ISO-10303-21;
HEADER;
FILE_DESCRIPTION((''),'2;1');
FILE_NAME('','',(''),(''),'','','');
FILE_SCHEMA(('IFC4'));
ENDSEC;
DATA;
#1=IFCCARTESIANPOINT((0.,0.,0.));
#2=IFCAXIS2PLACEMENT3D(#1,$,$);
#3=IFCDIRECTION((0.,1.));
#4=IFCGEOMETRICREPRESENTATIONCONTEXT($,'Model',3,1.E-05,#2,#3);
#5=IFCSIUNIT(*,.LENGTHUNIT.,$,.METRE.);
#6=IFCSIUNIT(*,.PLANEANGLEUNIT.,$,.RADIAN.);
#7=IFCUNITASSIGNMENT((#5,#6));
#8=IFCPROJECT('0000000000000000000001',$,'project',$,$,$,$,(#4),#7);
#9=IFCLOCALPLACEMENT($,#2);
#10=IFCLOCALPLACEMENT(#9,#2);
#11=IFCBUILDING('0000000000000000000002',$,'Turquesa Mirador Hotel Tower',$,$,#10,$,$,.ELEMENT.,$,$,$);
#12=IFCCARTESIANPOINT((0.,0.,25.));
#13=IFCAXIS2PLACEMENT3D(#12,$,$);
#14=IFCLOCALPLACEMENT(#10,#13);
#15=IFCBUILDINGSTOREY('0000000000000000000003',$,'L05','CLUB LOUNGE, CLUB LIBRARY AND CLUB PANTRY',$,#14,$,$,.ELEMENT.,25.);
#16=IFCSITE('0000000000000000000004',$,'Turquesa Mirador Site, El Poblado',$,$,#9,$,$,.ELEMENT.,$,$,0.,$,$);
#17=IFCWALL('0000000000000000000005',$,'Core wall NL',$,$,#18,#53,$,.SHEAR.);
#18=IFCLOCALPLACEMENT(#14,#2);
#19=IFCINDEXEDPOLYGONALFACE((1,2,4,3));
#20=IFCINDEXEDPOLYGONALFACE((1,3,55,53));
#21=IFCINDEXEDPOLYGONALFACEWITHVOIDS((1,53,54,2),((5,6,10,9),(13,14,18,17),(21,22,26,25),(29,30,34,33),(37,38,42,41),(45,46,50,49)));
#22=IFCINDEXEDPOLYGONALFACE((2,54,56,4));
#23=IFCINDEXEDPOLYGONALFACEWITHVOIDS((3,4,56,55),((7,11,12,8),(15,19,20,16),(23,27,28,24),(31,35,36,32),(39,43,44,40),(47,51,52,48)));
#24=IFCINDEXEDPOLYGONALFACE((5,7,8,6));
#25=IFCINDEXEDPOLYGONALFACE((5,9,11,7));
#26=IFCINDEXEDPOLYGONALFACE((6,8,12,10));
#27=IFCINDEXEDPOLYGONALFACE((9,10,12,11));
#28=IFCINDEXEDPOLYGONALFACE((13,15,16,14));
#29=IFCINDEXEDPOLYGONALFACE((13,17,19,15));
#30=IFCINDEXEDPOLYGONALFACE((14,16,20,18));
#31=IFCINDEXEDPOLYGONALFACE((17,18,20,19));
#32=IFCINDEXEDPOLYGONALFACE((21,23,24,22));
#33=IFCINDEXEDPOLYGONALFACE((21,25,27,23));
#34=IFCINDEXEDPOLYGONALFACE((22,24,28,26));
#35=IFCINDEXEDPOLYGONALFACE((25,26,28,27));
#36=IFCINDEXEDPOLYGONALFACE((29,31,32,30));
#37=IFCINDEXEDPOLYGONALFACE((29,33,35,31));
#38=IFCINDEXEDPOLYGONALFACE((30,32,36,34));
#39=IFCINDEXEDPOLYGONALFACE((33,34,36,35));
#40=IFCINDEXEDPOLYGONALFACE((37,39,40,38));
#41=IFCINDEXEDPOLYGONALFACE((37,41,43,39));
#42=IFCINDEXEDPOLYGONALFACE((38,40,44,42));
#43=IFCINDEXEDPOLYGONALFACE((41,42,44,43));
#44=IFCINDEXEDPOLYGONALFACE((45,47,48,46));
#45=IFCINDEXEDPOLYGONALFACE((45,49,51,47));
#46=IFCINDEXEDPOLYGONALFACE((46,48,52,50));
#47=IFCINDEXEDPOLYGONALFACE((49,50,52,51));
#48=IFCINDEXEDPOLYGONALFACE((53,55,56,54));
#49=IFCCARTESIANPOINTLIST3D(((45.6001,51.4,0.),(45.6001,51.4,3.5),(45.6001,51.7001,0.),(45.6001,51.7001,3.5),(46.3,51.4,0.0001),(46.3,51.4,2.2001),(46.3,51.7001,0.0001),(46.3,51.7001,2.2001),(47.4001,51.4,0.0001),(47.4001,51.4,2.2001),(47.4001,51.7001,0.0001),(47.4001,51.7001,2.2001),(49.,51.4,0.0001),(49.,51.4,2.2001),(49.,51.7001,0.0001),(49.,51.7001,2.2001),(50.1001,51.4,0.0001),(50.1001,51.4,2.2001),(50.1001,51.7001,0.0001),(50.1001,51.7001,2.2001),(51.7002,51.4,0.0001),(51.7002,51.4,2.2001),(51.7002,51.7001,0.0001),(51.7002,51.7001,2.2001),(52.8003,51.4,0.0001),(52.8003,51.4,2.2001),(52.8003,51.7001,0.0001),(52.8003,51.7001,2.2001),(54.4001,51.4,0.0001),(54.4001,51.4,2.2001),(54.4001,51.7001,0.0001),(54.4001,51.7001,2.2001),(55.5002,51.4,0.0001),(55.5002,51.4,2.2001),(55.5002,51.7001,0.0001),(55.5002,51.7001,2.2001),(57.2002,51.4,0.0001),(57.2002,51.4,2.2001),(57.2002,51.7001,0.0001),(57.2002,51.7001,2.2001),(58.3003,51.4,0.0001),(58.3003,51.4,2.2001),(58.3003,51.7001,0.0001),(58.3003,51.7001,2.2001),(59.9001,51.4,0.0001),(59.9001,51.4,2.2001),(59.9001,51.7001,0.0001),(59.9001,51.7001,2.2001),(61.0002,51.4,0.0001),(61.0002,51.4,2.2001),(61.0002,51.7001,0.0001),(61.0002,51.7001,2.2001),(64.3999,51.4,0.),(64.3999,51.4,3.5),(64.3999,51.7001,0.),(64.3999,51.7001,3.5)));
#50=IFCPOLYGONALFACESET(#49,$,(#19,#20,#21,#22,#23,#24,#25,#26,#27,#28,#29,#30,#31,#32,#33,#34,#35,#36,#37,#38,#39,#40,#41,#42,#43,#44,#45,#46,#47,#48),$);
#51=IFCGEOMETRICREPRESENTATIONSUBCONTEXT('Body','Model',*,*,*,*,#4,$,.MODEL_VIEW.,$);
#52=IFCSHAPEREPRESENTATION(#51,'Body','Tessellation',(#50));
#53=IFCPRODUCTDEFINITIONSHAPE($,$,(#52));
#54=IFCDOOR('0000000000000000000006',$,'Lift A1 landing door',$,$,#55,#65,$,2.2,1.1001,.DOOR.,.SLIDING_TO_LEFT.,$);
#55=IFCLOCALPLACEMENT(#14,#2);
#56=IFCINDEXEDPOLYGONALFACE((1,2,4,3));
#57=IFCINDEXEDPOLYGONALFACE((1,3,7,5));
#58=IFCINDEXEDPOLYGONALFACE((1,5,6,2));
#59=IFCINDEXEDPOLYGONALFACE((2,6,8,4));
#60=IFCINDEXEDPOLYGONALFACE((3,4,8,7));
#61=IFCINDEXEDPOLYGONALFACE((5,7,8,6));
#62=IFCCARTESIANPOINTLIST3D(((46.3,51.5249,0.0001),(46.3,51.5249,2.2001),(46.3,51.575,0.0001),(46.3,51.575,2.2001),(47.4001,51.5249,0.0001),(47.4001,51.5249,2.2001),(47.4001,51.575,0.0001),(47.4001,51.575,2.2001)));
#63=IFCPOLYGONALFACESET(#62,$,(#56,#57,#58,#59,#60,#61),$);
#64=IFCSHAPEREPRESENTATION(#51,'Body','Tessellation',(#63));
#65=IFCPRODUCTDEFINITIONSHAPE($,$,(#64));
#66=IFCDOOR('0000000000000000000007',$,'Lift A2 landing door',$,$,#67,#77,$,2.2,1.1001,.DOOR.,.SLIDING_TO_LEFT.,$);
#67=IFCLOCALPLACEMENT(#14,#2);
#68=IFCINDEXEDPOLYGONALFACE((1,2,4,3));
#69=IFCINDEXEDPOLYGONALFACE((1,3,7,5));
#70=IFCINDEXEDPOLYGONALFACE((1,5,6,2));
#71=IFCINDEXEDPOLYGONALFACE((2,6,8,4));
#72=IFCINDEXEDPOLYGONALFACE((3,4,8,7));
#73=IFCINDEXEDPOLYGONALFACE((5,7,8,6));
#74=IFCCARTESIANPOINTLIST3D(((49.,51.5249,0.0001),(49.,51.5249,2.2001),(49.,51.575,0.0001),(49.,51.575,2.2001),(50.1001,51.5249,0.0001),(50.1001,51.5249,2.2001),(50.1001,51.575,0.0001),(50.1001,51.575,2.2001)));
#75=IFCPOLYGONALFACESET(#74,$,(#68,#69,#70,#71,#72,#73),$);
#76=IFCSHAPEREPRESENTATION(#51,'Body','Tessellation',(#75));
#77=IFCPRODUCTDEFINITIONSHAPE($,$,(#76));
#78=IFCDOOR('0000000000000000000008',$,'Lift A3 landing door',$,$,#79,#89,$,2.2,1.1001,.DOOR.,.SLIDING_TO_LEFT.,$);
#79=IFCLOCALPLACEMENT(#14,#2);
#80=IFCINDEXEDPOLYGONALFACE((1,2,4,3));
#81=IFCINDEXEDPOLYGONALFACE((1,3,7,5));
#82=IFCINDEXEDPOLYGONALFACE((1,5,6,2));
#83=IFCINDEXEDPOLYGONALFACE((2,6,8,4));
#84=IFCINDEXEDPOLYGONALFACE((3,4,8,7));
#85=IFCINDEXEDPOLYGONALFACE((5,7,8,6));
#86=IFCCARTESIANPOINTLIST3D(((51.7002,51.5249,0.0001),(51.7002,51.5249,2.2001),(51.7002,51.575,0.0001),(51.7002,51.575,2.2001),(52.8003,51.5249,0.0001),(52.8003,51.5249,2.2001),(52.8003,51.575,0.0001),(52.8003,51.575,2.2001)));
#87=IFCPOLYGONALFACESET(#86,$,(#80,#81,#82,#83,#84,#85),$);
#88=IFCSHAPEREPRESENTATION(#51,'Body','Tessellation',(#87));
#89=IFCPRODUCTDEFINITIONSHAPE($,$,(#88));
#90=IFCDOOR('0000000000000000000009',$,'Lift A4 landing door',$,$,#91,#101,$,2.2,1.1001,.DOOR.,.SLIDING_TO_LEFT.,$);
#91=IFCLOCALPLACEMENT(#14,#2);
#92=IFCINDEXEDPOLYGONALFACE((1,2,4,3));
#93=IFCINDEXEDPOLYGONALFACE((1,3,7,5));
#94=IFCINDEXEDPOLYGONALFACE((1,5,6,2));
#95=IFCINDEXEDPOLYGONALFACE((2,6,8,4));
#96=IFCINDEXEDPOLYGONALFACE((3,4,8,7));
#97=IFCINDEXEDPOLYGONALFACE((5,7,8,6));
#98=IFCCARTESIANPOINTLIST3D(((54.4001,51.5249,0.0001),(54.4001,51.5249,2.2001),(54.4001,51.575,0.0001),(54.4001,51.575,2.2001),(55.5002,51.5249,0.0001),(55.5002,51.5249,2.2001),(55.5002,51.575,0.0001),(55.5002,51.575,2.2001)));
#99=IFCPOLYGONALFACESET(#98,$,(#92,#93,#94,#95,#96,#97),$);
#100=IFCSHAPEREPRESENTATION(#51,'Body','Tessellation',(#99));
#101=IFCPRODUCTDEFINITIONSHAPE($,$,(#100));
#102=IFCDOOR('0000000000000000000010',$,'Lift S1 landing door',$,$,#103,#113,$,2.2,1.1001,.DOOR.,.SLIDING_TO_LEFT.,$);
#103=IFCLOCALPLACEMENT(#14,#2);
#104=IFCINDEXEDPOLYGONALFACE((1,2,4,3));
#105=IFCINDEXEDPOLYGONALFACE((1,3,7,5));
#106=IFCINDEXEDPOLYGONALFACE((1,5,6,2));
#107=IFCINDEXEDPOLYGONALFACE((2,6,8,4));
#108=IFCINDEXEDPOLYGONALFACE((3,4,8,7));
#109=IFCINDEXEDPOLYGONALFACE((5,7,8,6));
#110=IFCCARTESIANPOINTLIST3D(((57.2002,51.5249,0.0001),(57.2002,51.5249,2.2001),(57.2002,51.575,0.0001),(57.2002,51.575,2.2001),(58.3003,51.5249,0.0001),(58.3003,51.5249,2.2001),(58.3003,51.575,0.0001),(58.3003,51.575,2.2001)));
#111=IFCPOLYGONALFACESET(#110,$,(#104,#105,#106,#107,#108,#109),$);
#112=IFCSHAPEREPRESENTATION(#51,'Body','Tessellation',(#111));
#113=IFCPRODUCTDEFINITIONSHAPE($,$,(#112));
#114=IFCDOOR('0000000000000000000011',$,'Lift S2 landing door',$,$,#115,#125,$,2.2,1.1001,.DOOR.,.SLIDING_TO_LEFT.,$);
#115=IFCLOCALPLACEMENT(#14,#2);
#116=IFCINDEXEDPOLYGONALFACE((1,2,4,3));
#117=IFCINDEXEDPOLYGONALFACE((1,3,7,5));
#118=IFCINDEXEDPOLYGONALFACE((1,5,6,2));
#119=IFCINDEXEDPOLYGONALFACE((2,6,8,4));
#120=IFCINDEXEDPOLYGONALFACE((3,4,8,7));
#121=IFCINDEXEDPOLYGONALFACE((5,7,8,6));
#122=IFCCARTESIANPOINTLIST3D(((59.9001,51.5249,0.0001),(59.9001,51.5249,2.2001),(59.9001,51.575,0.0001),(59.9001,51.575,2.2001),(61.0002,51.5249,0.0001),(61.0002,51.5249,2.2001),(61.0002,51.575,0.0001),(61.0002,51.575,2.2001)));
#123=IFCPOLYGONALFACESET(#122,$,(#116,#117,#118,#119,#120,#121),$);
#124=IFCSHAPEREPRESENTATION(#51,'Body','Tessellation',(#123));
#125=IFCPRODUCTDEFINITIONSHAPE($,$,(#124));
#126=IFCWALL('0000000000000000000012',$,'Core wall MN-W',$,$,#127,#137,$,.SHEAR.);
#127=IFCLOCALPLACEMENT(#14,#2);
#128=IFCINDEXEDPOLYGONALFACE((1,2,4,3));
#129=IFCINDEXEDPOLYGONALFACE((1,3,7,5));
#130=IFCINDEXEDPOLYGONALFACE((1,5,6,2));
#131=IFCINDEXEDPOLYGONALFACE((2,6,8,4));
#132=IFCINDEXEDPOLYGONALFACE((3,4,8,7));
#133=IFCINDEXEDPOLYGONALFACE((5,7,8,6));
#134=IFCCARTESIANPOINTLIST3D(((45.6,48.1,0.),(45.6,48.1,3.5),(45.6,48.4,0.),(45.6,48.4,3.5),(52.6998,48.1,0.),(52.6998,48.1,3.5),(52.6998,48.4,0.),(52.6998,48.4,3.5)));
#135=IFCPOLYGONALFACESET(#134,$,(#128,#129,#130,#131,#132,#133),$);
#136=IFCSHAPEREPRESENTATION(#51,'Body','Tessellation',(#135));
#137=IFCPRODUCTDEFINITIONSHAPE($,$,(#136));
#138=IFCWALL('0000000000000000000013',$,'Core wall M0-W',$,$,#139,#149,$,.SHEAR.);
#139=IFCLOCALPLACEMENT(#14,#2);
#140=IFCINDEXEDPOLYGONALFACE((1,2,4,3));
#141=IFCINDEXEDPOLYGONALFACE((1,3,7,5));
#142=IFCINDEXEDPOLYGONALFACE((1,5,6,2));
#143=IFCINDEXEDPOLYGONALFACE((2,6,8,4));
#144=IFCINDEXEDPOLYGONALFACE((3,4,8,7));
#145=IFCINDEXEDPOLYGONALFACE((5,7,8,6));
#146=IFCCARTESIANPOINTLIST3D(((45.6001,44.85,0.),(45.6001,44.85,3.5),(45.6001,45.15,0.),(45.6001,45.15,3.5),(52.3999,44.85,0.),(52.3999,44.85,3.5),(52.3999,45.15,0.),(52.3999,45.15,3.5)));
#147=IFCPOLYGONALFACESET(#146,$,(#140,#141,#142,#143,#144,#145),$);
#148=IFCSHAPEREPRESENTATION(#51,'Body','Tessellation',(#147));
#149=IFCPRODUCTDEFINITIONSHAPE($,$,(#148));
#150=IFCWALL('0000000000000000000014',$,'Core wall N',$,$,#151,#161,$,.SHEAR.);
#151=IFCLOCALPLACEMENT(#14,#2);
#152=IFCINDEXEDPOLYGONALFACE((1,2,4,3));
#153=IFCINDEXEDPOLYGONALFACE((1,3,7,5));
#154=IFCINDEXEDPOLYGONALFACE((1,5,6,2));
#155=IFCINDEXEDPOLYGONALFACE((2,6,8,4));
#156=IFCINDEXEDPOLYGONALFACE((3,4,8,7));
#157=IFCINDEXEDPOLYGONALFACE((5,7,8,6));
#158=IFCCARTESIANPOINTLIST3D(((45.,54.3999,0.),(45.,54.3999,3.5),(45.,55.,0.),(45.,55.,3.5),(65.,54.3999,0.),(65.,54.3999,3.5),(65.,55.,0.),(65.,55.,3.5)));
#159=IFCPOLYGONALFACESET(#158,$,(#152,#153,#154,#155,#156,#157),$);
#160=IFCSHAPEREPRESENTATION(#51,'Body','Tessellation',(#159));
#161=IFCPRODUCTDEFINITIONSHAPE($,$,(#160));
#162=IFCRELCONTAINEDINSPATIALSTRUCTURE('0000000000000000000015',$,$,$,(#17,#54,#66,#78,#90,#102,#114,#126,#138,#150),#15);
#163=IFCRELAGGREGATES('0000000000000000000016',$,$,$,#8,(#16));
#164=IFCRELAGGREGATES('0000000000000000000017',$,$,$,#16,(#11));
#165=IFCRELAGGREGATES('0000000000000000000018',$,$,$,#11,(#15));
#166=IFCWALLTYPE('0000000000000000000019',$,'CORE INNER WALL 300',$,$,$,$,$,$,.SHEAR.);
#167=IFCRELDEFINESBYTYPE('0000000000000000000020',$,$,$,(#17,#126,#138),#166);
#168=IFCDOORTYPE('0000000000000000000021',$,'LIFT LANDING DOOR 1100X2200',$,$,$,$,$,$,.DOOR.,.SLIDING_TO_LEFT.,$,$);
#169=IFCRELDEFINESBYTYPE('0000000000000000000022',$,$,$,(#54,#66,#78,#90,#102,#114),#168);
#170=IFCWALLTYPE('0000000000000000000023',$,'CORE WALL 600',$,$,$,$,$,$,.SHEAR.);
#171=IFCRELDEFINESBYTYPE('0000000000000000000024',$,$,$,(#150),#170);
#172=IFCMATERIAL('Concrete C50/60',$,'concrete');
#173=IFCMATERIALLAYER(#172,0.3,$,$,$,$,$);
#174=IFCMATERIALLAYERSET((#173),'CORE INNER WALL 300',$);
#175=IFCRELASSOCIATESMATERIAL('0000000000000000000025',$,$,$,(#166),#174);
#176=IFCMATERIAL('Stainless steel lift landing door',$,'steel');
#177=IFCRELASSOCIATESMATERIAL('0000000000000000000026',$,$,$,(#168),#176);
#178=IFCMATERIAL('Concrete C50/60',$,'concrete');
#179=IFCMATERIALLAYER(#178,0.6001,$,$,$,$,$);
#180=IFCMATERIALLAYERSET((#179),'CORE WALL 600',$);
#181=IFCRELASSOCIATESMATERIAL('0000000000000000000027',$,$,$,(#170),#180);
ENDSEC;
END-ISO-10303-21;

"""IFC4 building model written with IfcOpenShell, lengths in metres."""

from ifc_helpers import new_model, si_unit, direction, frame, frame_2d, origin, place, context, subcontext, project, spatial, rectangle, extrude, material, layer, layer_set, type_object, element, fill, save


model = new_model("IFC4")

# Units and contexts
model_context = context("Model", 3, precision=1e-05, world=origin(), true_north=direction((0.0, 1.0)))
body_context = subcontext(model_context, "Body", "Model", "MODEL_VIEW")
ifc_project = project(units=[si_unit("LENGTHUNIT", "METRE"), si_unit("PLANEANGLEUNIT", "RADIAN")], contexts=[model_context])

# Site, building, storey
site_placement = place(None, origin())
site = spatial("IfcSite", under=ifc_project, at=site_placement, Name="Turquesa Mirador Site, El Poblado", CompositionType="ELEMENT", RefElevation=0.0)
building_placement = place(site_placement, origin())
building = spatial("IfcBuilding", under=site, at=building_placement, Name="Turquesa Mirador Hotel Tower", CompositionType="ELEMENT")
storey_placement = place(building_placement, frame((0.0, 0.0, 25.0)))
storey = spatial("IfcBuildingStorey", under=building, at=storey_placement, Name="L05", Description="CLUB LOUNGE, CLUB LIBRARY AND CLUB PANTRY", CompositionType="ELEMENT", Elevation=25.0)

# Wall, openings, doors
ifc_material_1 = material(Name="Concrete C50/60", Category="concrete")
ifc_layer_1 = layer(ifc_material_1, 0.3)
ifc_layer_set_1 = layer_set([ifc_layer_1], Name="CORE INNER WALL 300")
wall_type_1 = type_object("IfcWallType", Name="CORE INNER WALL 300", PredefinedType="SHEAR", material=ifc_layer_set_1)
wall_1_placement = place(storey_placement, frame((45.6001, 51.55, 0.0), z_axis=(0.0, 0.0, 1.0), x_axis=(1.0, 0.0, 0.0)))
wall_1 = element("IfcWall", 1, at=wall_1_placement, inside=storey, type_object=wall_type_1, Name="Core wall NL", PredefinedType="SHEAR", context=body_context, shape_type="SweptSolid", body=[
    extrude(rectangle(XDim=18.7998, YDim=0.3, at=frame_2d((9.3999, 0.0))), origin(), (0.0, 0.0, 1.0), 3.5),
])
opening_1_placement = place(wall_1_placement, frame((0.7, 0.0, 0.0)))
opening_1 = element("IfcOpeningElement", 2, at=opening_1_placement, cuts=wall_1, PredefinedType="OPENING", context=body_context, shape_type="SweptSolid", body=[
    extrude(rectangle(XDim=1.1001, YDim=2.2, at=frame_2d((0.55, 1.1001))), frame((0.0, 0.1599, 0.0), z_axis=(0.0, -1.0, 0.0), x_axis=(1.0, 0.0, 0.0)), (0.0, 0.0, 1.0), 0.3201),
])
opening_2_placement = place(wall_1_placement, frame((3.3999, 0.0, 0.0)))
opening_2 = element("IfcOpeningElement", 3, at=opening_2_placement, cuts=wall_1, PredefinedType="OPENING", context=body_context, shape_type="SweptSolid", body=[
    extrude(rectangle(XDim=1.1001, YDim=2.2, at=frame_2d((0.55, 1.1001))), frame((0.0, 0.1599, 0.0), z_axis=(0.0, -1.0, 0.0), x_axis=(1.0, 0.0, 0.0)), (0.0, 0.0, 1.0), 0.3201),
])
opening_3_placement = place(wall_1_placement, frame((6.1001, 0.0, 0.0)))
opening_3 = element("IfcOpeningElement", 4, at=opening_3_placement, cuts=wall_1, PredefinedType="OPENING", context=body_context, shape_type="SweptSolid", body=[
    extrude(rectangle(XDim=1.1001, YDim=2.2, at=frame_2d((0.55, 1.1001))), frame((0.0, 0.1599, 0.0), z_axis=(0.0, -1.0, 0.0), x_axis=(1.0, 0.0, 0.0)), (0.0, 0.0, 1.0), 0.3201),
])
opening_4_placement = place(wall_1_placement, frame((8.8, 0.0, 0.0)))
opening_4 = element("IfcOpeningElement", 5, at=opening_4_placement, cuts=wall_1, PredefinedType="OPENING", context=body_context, shape_type="SweptSolid", body=[
    extrude(rectangle(XDim=1.1001, YDim=2.2, at=frame_2d((0.55, 1.1001))), frame((0.0, 0.1599, 0.0), z_axis=(0.0, -1.0, 0.0), x_axis=(1.0, 0.0, 0.0)), (0.0, 0.0, 1.0), 0.3201),
])
opening_5_placement = place(wall_1_placement, frame((11.6001, 0.0, 0.0)))
opening_5 = element("IfcOpeningElement", 6, at=opening_5_placement, cuts=wall_1, PredefinedType="OPENING", context=body_context, shape_type="SweptSolid", body=[
    extrude(rectangle(XDim=1.1001, YDim=2.2, at=frame_2d((0.55, 1.1001))), frame((0.0, 0.1599, 0.0), z_axis=(0.0, -1.0, 0.0), x_axis=(1.0, 0.0, 0.0)), (0.0, 0.0, 1.0), 0.3201),
])
opening_6_placement = place(wall_1_placement, frame((14.3, 0.0, 0.0)))
opening_6 = element("IfcOpeningElement", 7, at=opening_6_placement, cuts=wall_1, PredefinedType="OPENING", context=body_context, shape_type="SweptSolid", body=[
    extrude(rectangle(XDim=1.1001, YDim=2.2, at=frame_2d((0.55, 1.1001))), frame((0.0, 0.1599, 0.0), z_axis=(0.0, -1.0, 0.0), x_axis=(1.0, 0.0, 0.0)), (0.0, 0.0, 1.0), 0.3201),
])
ifc_material_2 = material(Name="Stainless steel lift landing door", Category="steel")
door_type = type_object("IfcDoorType", Name="LIFT LANDING DOOR 1100X2200", OperationType="SLIDING_TO_LEFT", PredefinedType="DOOR", material=ifc_material_2)
door_1_placement = place(opening_1_placement, origin())
door_1 = element("IfcDoor", 8, at=door_1_placement, inside=storey, type_object=door_type, Name="Lift A1 landing door", OperationType="SLIDING_TO_LEFT", OverallHeight=2.2, OverallWidth=1.1001, PredefinedType="DOOR", context=body_context, shape_type="SweptSolid", body=[
    extrude(rectangle(XDim=1.1001, YDim=2.2, at=frame_2d((0.55, 1.1001))), frame((0.0, 0.0249, 0.0), z_axis=(0.0, -1.0, 0.0), x_axis=(1.0, 0.0, 0.0)), (0.0, 0.0, 1.0), 0.05),
])
fill(opening_1, door_1)
door_2_placement = place(opening_2_placement, origin())
door_2 = element("IfcDoor", 9, at=door_2_placement, inside=storey, type_object=door_type, Name="Lift A2 landing door", OperationType="SLIDING_TO_LEFT", OverallHeight=2.2, OverallWidth=1.1001, PredefinedType="DOOR", context=body_context, shape_type="SweptSolid", body=[
    extrude(rectangle(XDim=1.1001, YDim=2.2, at=frame_2d((0.55, 1.1001))), frame((0.0, 0.0249, 0.0), z_axis=(0.0, -1.0, 0.0), x_axis=(1.0, 0.0, 0.0)), (0.0, 0.0, 1.0), 0.05),
])
fill(opening_2, door_2)
door_3_placement = place(opening_3_placement, origin())
door_3 = element("IfcDoor", 10, at=door_3_placement, inside=storey, type_object=door_type, Name="Lift A3 landing door", OperationType="SLIDING_TO_LEFT", OverallHeight=2.2, OverallWidth=1.1001, PredefinedType="DOOR", context=body_context, shape_type="SweptSolid", body=[
    extrude(rectangle(XDim=1.1001, YDim=2.2, at=frame_2d((0.55, 1.1001))), frame((0.0, 0.0249, 0.0), z_axis=(0.0, -1.0, 0.0), x_axis=(1.0, 0.0, 0.0)), (0.0, 0.0, 1.0), 0.05),
])
fill(opening_3, door_3)
door_4_placement = place(opening_4_placement, origin())
door_4 = element("IfcDoor", 11, at=door_4_placement, inside=storey, type_object=door_type, Name="Lift A4 landing door", OperationType="SLIDING_TO_LEFT", OverallHeight=2.2, OverallWidth=1.1001, PredefinedType="DOOR", context=body_context, shape_type="SweptSolid", body=[
    extrude(rectangle(XDim=1.1001, YDim=2.2, at=frame_2d((0.55, 1.1001))), frame((0.0, 0.0249, 0.0), z_axis=(0.0, -1.0, 0.0), x_axis=(1.0, 0.0, 0.0)), (0.0, 0.0, 1.0), 0.05),
])
fill(opening_4, door_4)
door_5_placement = place(opening_5_placement, origin())
door_5 = element("IfcDoor", 12, at=door_5_placement, inside=storey, type_object=door_type, Name="Lift S1 landing door", OperationType="SLIDING_TO_LEFT", OverallHeight=2.2, OverallWidth=1.1001, PredefinedType="DOOR", context=body_context, shape_type="SweptSolid", body=[
    extrude(rectangle(XDim=1.1001, YDim=2.2, at=frame_2d((0.55, 1.1001))), frame((0.0, 0.0249, 0.0), z_axis=(0.0, -1.0, 0.0), x_axis=(1.0, 0.0, 0.0)), (0.0, 0.0, 1.0), 0.05),
])
fill(opening_5, door_5)
door_6_placement = place(opening_6_placement, origin())
door_6 = element("IfcDoor", 13, at=door_6_placement, inside=storey, type_object=door_type, Name="Lift S2 landing door", OperationType="SLIDING_TO_LEFT", OverallHeight=2.2, OverallWidth=1.1001, PredefinedType="DOOR", context=body_context, shape_type="SweptSolid", body=[
    extrude(rectangle(XDim=1.1001, YDim=2.2, at=frame_2d((0.55, 1.1001))), frame((0.0, 0.0249, 0.0), z_axis=(0.0, -1.0, 0.0), x_axis=(1.0, 0.0, 0.0)), (0.0, 0.0, 1.0), 0.05),
])
fill(opening_6, door_6)

# Walls
wall_2_placement = place(storey_placement, frame((45.6001, 48.25, 0.0), z_axis=(0.0, 0.0, 1.0), x_axis=(1.0, 0.0, 0.0)))
element("IfcWall", 14, at=wall_2_placement, inside=storey, type_object=wall_type_1, Name="Core wall MN-W", PredefinedType="SHEAR", context=body_context, shape_type="SweptSolid", body=[
    extrude(rectangle(XDim=7.0999, YDim=0.3, at=frame_2d((3.5498, 0.0))), origin(), (0.0, 0.0, 1.0), 3.5),
])
wall_3_placement = place(storey_placement, frame((45.6001, 45.0, 0.0), z_axis=(0.0, 0.0, 1.0), x_axis=(1.0, 0.0, 0.0)))
element("IfcWall", 15, at=wall_3_placement, inside=storey, type_object=wall_type_1, Name="Core wall M0-W", PredefinedType="SHEAR", context=body_context, shape_type="SweptSolid", body=[
    extrude(rectangle(XDim=6.7998, YDim=0.3, at=frame_2d((3.3999, 0.0))), origin(), (0.0, 0.0, 1.0), 3.5),
])
ifc_material_3 = material(Name="Concrete C50/60", Category="concrete")
ifc_layer_2 = layer(ifc_material_3, 0.6001)
ifc_layer_set_2 = layer_set([ifc_layer_2], Name="CORE WALL 600")
wall_type_2 = type_object("IfcWallType", Name="CORE WALL 600", PredefinedType="SHEAR", material=ifc_layer_set_2)
wall_4_placement = place(storey_placement, frame((45.0, 54.7, 0.0), z_axis=(0.0, 0.0, 1.0), x_axis=(1.0, 0.0, 0.0)))
element("IfcWall", 16, at=wall_4_placement, inside=storey, type_object=wall_type_2, Name="Core wall N", PredefinedType="SHEAR", context=body_context, shape_type="SweptSolid", body=[
    extrude(rectangle(XDim=20.0, YDim=0.6001, at=frame_2d((10.0, 0.0))), origin(), (0.0, 0.0, 1.0), 3.5),
])

save(model, "model.ifc")
